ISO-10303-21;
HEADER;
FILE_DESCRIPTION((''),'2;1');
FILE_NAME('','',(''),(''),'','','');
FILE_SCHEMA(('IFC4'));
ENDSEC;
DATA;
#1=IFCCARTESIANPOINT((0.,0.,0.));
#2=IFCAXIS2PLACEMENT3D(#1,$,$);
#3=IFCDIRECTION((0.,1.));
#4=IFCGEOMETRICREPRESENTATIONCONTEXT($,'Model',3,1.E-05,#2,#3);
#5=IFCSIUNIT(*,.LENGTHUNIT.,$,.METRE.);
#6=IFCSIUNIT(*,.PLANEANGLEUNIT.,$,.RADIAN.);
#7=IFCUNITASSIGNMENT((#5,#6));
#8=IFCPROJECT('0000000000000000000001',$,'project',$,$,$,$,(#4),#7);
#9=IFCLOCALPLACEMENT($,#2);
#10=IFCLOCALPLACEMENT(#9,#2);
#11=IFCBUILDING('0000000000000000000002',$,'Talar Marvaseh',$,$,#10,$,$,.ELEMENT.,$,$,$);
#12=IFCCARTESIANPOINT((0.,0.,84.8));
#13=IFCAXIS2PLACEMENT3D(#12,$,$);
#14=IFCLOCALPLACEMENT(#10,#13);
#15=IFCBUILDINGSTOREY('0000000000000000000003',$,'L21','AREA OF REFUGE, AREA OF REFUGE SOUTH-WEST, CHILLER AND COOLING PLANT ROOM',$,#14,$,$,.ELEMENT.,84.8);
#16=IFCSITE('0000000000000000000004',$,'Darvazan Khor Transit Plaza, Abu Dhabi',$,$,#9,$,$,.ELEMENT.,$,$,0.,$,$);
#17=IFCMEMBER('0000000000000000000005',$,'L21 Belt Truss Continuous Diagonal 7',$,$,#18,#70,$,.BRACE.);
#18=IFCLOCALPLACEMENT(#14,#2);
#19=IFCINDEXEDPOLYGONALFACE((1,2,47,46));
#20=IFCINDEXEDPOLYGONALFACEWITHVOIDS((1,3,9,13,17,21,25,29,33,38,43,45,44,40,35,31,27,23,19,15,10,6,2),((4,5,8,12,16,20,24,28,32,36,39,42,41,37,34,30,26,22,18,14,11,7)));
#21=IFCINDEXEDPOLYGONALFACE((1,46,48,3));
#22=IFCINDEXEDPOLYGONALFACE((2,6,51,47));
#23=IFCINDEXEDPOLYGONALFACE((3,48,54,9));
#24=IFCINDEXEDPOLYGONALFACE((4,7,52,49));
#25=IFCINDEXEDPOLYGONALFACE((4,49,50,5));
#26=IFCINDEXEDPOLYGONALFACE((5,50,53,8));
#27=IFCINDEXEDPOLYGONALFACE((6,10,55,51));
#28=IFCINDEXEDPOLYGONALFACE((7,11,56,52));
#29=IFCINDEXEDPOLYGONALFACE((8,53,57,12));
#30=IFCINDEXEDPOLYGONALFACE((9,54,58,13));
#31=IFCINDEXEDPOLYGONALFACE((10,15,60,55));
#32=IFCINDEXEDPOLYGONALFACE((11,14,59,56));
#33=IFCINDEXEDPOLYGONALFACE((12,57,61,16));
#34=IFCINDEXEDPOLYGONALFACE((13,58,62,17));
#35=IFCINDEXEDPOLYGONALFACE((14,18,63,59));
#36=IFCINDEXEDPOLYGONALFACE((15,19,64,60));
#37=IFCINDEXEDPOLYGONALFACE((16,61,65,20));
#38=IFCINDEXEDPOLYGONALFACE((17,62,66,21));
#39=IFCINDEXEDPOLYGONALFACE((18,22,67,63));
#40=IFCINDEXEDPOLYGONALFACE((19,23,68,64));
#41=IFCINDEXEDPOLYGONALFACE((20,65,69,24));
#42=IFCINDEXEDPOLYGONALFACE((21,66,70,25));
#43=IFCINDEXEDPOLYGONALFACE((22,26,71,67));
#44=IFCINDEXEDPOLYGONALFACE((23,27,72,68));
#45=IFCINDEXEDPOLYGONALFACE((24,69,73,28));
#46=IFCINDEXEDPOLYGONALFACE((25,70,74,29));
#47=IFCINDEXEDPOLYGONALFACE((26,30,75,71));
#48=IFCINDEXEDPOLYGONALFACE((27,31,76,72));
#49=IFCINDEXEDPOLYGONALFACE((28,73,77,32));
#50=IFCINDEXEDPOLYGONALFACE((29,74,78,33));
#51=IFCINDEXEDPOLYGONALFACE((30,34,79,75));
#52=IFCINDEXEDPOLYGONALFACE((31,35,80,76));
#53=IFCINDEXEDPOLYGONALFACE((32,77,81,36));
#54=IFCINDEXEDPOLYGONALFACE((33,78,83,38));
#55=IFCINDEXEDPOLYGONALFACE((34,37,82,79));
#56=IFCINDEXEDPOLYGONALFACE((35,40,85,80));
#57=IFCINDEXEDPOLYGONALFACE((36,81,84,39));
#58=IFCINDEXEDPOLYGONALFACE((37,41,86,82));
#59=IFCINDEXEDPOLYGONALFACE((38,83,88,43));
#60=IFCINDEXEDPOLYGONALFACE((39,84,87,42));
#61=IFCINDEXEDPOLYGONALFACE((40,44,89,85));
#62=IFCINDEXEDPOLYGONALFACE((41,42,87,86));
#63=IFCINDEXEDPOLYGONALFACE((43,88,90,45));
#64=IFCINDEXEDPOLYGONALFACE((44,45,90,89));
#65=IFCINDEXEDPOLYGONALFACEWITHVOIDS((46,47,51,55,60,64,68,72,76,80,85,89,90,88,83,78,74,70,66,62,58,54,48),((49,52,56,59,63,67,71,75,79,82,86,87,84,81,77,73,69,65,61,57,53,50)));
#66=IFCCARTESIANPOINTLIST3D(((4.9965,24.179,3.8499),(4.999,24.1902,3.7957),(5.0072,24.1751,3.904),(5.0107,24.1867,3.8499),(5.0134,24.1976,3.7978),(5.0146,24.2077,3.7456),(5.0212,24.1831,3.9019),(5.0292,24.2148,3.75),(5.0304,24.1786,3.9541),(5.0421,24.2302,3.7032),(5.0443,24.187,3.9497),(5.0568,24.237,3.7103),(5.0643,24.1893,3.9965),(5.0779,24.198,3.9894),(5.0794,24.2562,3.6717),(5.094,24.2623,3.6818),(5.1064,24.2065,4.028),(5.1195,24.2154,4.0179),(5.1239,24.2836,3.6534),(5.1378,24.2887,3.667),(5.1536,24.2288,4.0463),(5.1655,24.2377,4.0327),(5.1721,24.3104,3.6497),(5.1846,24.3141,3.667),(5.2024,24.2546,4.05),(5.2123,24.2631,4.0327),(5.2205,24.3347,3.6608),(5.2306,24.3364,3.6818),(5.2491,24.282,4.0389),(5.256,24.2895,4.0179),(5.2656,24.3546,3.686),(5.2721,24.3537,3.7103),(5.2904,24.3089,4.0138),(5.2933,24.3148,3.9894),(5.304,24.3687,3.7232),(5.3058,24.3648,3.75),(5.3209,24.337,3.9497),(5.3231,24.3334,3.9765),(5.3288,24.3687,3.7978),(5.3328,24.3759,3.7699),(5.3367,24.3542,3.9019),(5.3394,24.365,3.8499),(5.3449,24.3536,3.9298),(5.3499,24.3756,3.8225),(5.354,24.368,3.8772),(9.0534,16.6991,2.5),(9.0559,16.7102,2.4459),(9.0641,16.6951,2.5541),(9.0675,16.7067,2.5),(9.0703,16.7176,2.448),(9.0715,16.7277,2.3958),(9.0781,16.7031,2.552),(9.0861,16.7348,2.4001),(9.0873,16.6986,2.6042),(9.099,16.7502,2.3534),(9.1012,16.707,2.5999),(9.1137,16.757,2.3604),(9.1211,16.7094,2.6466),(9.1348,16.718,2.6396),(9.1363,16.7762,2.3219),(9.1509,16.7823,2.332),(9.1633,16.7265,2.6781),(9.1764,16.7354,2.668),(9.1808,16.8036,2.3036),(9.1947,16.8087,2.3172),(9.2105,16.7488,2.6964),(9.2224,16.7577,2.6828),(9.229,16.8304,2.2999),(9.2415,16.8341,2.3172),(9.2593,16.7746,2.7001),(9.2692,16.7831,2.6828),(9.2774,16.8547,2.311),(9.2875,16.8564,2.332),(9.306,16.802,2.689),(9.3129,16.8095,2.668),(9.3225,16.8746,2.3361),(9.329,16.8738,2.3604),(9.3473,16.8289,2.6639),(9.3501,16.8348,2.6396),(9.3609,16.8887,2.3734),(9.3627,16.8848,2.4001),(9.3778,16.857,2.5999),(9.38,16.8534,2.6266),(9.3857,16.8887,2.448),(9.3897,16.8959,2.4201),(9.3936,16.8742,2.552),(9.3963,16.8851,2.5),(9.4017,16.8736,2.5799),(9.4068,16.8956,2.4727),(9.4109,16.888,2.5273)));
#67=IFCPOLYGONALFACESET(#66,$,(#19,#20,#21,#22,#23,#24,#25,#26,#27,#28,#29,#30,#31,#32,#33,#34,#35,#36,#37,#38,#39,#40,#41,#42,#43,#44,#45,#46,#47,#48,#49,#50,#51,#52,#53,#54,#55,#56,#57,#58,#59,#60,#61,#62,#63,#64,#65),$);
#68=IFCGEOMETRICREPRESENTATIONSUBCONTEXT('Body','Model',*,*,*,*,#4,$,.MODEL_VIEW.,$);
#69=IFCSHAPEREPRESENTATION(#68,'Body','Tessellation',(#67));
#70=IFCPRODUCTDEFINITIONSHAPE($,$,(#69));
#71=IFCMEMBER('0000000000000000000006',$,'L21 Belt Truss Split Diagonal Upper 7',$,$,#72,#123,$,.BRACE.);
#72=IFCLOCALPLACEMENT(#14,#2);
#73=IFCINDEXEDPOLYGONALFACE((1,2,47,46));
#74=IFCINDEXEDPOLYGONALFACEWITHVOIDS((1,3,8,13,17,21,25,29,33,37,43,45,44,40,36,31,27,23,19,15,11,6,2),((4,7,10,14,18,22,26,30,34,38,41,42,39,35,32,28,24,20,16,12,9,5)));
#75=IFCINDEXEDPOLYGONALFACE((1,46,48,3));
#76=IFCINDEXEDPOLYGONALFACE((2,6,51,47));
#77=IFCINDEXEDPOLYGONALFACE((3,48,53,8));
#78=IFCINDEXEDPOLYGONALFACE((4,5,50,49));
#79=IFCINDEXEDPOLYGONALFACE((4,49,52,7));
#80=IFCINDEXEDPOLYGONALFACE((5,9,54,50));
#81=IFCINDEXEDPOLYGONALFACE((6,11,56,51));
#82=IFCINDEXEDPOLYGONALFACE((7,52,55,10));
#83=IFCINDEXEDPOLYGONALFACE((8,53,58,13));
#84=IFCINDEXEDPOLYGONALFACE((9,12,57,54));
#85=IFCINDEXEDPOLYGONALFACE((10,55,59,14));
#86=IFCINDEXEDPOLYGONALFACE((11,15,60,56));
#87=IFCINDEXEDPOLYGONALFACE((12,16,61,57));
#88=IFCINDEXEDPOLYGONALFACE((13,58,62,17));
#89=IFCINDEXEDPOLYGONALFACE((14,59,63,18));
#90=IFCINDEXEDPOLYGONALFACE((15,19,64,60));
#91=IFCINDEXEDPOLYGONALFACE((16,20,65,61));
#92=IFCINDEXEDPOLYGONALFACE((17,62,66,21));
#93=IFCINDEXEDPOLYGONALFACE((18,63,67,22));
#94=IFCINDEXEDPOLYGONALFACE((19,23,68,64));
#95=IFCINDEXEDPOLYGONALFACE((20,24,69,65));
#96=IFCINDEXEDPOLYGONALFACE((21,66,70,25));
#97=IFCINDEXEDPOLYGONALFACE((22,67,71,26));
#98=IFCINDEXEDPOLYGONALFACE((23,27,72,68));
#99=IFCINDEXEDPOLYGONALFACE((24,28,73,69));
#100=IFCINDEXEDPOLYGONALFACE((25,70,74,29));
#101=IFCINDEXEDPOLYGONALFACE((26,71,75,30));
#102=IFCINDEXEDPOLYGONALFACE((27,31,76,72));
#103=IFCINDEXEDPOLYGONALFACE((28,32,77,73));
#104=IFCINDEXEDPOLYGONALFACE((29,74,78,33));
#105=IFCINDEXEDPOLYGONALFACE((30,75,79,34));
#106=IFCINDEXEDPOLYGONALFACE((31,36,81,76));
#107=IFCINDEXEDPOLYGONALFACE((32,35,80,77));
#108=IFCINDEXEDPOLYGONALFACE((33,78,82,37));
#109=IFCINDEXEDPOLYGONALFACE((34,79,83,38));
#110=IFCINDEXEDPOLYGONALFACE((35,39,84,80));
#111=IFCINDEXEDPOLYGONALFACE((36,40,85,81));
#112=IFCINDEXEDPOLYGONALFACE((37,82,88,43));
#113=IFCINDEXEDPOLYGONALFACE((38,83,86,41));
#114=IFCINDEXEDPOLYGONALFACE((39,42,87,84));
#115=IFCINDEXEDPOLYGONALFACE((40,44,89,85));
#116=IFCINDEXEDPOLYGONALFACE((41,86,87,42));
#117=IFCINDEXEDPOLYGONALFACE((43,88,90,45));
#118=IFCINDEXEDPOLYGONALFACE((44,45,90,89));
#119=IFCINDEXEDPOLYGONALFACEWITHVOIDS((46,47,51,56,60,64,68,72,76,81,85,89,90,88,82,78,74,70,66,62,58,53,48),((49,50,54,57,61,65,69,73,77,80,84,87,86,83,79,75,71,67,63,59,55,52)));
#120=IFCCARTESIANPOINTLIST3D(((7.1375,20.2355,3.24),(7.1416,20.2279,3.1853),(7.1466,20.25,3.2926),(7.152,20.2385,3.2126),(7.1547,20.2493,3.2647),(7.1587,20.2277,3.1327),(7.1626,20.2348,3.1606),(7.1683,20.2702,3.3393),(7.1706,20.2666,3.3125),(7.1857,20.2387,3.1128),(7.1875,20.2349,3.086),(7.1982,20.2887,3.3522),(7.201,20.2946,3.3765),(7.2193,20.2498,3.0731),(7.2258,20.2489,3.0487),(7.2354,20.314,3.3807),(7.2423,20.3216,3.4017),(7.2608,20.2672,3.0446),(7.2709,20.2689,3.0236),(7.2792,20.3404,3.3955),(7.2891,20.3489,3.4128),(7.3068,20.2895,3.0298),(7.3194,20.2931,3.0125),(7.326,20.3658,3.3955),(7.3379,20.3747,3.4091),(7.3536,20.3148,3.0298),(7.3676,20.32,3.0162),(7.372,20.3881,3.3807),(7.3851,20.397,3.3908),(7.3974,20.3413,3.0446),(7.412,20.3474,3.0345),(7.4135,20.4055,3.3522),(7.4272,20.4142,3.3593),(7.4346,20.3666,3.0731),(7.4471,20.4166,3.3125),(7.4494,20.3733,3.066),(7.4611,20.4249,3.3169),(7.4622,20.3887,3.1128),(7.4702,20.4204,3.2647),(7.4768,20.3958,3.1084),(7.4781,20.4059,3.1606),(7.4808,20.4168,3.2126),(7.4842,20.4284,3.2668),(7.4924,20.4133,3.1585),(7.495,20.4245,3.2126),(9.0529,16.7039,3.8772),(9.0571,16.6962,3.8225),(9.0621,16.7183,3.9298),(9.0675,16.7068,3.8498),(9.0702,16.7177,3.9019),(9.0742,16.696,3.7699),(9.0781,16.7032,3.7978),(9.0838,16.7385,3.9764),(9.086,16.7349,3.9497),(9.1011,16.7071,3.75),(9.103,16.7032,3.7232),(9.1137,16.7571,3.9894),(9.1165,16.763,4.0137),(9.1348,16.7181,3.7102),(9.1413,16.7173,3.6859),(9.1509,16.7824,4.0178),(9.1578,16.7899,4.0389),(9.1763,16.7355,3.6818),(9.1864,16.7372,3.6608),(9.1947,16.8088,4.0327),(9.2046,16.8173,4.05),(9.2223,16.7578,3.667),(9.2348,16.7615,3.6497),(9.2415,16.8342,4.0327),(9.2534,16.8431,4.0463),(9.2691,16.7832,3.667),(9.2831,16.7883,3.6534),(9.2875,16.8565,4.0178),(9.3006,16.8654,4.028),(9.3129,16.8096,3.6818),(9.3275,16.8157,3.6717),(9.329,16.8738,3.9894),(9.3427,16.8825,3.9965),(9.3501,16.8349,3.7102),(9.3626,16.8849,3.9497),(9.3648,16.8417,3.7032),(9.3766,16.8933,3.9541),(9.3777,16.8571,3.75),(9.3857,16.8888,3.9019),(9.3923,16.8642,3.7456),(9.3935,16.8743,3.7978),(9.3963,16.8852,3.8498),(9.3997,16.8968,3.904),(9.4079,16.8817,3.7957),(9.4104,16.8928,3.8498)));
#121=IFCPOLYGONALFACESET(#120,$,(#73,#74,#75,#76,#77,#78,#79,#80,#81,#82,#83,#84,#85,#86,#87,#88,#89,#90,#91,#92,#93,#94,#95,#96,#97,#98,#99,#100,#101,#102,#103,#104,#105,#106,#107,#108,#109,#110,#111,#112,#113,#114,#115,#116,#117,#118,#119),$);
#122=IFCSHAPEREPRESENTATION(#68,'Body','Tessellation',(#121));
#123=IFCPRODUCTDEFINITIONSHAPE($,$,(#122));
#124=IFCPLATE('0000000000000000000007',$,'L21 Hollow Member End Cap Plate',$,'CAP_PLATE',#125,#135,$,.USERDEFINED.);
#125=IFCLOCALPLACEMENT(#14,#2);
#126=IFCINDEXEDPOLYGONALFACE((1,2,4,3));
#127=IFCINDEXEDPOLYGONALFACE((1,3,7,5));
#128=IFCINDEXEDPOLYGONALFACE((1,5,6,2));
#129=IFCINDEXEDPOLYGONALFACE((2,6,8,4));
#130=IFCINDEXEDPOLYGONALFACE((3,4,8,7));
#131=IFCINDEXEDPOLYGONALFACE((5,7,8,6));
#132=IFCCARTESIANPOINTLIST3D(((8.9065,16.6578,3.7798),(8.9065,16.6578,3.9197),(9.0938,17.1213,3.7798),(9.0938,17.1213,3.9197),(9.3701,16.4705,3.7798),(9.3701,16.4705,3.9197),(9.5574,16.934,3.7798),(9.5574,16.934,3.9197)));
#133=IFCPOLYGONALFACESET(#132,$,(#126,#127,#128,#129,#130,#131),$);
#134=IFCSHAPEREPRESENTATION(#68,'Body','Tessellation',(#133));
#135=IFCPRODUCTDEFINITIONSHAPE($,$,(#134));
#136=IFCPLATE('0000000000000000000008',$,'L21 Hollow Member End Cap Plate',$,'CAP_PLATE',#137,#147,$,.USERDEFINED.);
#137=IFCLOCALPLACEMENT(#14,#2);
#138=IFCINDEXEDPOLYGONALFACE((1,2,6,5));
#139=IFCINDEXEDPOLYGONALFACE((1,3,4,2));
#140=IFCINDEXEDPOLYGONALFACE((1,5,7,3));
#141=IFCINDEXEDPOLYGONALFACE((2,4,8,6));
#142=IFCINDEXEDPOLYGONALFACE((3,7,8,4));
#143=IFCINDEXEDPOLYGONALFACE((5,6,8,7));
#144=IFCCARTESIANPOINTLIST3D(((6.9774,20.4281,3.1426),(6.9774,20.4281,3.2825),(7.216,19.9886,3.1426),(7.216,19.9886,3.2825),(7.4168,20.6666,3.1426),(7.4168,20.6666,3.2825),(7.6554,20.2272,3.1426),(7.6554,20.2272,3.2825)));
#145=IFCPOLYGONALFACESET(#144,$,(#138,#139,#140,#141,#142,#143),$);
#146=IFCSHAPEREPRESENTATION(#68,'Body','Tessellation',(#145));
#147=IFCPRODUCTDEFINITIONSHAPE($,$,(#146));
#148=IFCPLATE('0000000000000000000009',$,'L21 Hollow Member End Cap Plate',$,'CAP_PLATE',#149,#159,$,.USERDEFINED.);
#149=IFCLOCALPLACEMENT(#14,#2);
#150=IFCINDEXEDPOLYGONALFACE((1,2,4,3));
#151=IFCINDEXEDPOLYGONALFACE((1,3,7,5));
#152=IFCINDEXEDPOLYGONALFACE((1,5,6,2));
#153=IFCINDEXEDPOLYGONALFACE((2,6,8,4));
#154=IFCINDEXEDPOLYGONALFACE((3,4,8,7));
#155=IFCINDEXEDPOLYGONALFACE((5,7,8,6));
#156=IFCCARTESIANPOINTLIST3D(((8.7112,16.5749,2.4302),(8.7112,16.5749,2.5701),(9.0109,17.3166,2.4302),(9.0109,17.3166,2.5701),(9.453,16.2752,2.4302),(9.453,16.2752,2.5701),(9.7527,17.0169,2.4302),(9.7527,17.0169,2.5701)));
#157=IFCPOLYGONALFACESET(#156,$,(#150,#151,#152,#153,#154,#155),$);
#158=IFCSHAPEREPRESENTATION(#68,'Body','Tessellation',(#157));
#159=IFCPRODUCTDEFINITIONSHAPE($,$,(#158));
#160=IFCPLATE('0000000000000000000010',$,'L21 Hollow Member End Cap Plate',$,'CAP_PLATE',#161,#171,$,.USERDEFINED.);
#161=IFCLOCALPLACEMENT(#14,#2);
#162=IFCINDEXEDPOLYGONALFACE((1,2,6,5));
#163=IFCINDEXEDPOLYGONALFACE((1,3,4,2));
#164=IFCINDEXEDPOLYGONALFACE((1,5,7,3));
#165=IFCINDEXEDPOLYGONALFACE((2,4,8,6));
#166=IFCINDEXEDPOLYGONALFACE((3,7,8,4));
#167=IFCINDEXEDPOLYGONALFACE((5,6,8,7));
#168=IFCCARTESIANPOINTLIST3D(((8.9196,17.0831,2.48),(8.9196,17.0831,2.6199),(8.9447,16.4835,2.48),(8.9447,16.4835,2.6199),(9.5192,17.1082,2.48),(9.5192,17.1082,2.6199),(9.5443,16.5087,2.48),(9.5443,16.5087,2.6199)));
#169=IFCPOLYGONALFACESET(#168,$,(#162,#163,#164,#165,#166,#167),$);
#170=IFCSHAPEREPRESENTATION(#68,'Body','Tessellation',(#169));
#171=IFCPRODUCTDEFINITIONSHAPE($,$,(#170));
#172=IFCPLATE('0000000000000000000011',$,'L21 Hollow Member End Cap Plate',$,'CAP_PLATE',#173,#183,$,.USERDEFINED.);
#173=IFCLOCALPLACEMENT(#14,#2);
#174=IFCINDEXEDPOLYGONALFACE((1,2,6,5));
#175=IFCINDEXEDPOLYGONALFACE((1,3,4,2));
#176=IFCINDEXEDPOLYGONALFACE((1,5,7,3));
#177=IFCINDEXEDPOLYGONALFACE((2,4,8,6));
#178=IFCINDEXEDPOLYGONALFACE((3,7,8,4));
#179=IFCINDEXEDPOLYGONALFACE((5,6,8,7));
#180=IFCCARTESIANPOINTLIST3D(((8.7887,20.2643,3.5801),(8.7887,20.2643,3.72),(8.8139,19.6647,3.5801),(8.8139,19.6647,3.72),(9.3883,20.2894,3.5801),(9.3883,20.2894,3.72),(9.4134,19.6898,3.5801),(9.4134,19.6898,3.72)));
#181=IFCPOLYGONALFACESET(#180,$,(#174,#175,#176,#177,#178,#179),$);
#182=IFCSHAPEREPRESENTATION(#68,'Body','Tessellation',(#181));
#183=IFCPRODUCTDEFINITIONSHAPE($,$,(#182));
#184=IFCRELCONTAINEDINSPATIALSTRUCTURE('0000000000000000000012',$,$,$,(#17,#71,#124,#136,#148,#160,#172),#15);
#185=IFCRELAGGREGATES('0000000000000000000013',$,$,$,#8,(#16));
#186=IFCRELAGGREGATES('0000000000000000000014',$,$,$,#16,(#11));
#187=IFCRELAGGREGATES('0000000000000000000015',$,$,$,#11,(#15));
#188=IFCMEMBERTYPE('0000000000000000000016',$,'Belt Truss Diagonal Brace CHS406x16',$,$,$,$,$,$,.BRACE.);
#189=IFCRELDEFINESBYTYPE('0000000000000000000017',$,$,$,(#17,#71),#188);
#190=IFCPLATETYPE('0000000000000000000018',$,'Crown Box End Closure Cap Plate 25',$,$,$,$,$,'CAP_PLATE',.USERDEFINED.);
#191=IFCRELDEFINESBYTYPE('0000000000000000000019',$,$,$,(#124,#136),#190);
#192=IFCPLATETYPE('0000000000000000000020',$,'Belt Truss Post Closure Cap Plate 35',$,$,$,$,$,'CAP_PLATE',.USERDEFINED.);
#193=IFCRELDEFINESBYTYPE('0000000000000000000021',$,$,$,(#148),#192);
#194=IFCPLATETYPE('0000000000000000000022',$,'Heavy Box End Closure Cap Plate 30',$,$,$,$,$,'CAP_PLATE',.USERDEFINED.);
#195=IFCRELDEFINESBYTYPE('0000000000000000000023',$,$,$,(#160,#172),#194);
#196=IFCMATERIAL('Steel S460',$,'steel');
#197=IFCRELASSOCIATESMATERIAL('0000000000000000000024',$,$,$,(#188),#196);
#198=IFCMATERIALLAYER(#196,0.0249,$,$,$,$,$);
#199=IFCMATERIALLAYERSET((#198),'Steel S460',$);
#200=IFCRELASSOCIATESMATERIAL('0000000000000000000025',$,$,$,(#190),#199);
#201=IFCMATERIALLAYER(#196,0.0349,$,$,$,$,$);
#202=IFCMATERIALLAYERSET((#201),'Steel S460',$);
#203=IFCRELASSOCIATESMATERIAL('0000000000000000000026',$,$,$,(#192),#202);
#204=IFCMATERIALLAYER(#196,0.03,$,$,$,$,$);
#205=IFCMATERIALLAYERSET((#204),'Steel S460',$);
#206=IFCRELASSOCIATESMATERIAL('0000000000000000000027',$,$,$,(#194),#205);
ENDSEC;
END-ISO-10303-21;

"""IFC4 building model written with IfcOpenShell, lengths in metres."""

from ifc_helpers import new_model, si_unit, direction, frame, origin, origin_2d, place, context, subcontext, project, spatial, rectangle, hollow_circle, extrude, source, transform, mapped, material, layer, layer_set, material_profile, profile_set, type_object, type_shapes, element, save


model = new_model("IFC4")

# Units and contexts
model_context = context("Model", 3, precision=1e-05, world=origin(), true_north=direction((0.0, 1.0)))
body_context = subcontext(model_context, "Body", "Model", "MODEL_VIEW")
ifc_project = project(units=[si_unit("LENGTHUNIT", "METRE"), si_unit("PLANEANGLEUNIT", "RADIAN")], contexts=[model_context])

# Site, building, storey
site_placement = place(None, origin())
site = spatial("IfcSite", under=ifc_project, at=site_placement, Name="Darvazan Khor Transit Plaza, Abu Dhabi", CompositionType="ELEMENT", RefElevation=0.0)
building_placement = place(site_placement, origin())
building = spatial("IfcBuilding", under=site, at=building_placement, Name="Talar Marvaseh", CompositionType="ELEMENT")
storey_placement = place(building_placement, frame((0.0, 0.0, 84.8)))
storey = spatial("IfcBuildingStorey", under=building, at=storey_placement, Name="L21", Description="AREA OF REFUGE, AREA OF REFUGE SOUTH-WEST, CHILLER AND COOLING PLANT ROOM", CompositionType="ELEMENT", Elevation=84.8)

# Members
ifc_material_1 = material(Name="Steel S460", Category="steel")
ifc_material_profile_1 = material_profile(ifc_material_1, hollow_circle(Radius=0.2031, WallThickness=0.0161, at=origin_2d()), Name="CHS406x16")
ifc_profile_set_1 = profile_set([ifc_material_profile_1], Name="Steel S460")
member_type_1 = type_object("IfcMemberType", Name="Belt Truss Diagonal Brace CHS406x16", PredefinedType="BRACE", material=ifc_profile_set_1)
shared_shape_1 = source(origin(), body_context, "Body", "SweptSolid", [
    extrude(hollow_circle(Radius=0.2031, WallThickness=0.0161, at=origin_2d()), origin(), (0.0, 0.0, 1.0), 8.6157),
])
member_1_placement = place(storey_placement, frame((9.2319, 16.7959, 2.5), z_axis=(-0.47087, 0.868179, 0.156673), x_axis=(-0.879035, -0.476758, 0.0)))
element("IfcMember", 1, at=member_1_placement, inside=storey, type_object=member_type_1, Name="L21 Belt Truss Continuous Diagonal 7", PredefinedType="BRACE", context=body_context, shape_type="MappedRepresentation", body=[
    mapped(shared_shape_1, transform((0.0, 0.0, 0.0), x_axis=(1.0, 0.0, 0.0), y_axis=(0.0, 1.0, 0.0), z_axis=(0.0, 0.0, 1.0), scale=1.0)),
])
shared_shape_2 = source(origin(), body_context, "Body", "SweptSolid", [
    extrude(hollow_circle(Radius=0.2031, WallThickness=0.0161, at=origin_2d()), origin(), (0.0, 0.0, 1.0), 4.0679),
])
member_2_placement = place(storey_placement, frame((7.3164, 20.3276, 3.2126), z_axis=(0.470879, -0.86818, 0.15664), x_axis=(0.879031, 0.476765, 0.0)))
element("IfcMember", 2, at=member_2_placement, inside=storey, type_object=member_type_1, Name="L21 Belt Truss Split Diagonal Upper 7", PredefinedType="BRACE", context=body_context, shape_type="MappedRepresentation", body=[
    mapped(shared_shape_2, transform((0.0, 0.0, 0.0), x_axis=(1.0, 0.0, 0.0), y_axis=(0.0, 1.0, 0.0), z_axis=(0.0, 0.0, 1.0), scale=1.0)),
])

# Plates
ifc_layer_1 = layer(ifc_material_1, 0.0249)
ifc_layer_set_1 = layer_set([ifc_layer_1], Name="Steel S460")
plate_type_1 = type_object("IfcPlateType", Name="Crown Box End Closure Cap Plate 25", ElementType="CAP_PLATE", PredefinedType="USERDEFINED", material=ifc_layer_set_1)
shared_shape_3 = source(origin(), body_context, "Body", "SweptSolid", [
    extrude(rectangle(XDim=0.5, YDim=0.5, at=origin_2d()), origin(), (0.0, 0.0, 1.0), 0.1399),
])
type_shapes(plate_type_1, [shared_shape_3])
for number, where, z_axis, x_axis, name in (
    (3, (9.2319, 16.7959, 3.7798), (0.0, 0.0, 1.0), (-0.927184, 0.374607, 0.0), "L21 Hollow Member End Cap Plate"),
    (4, (7.3164, 20.3276, 3.1426), (0.0, 0.0, 1.0), (0.477159, -0.878817, 0.0), "L21 Hollow Member End Cap Plate"),
):
    element("IfcPlate", number, at=place(storey_placement, frame(where, z_axis=z_axis, x_axis=x_axis)), inside=storey, type_object=plate_type_1, Name=name, ObjectType="CAP_PLATE", PredefinedType="USERDEFINED", context=body_context, shape_type="MappedRepresentation", body=[
        mapped(shared_shape_3, transform((0.0, 0.0, 0.0), x_axis=(1.0, 0.0, 0.0), y_axis=(0.0, 1.0, 0.0), z_axis=(0.0, 0.0, 1.0), scale=1.0)),
    ])
ifc_layer_2 = layer(ifc_material_1, 0.0349)
ifc_layer_set_2 = layer_set([ifc_layer_2], Name="Steel S460")
plate_type_2 = type_object("IfcPlateType", Name="Belt Truss Post Closure Cap Plate 35", ElementType="CAP_PLATE", PredefinedType="USERDEFINED", material=ifc_layer_set_2)
shared_shape_4 = source(origin(), body_context, "Body", "SweptSolid", [
    extrude(rectangle(XDim=0.8, YDim=0.8, at=origin_2d()), origin(), (0.0, 0.0, 1.0), 0.1399),
])
type_shapes(plate_type_2, [shared_shape_4])
plate_placement = place(storey_placement, frame((9.2319, 16.7959, 2.4302), z_axis=(0.0, 0.0, 1.0), x_axis=(-0.927184, 0.374607, 0.0)))
element("IfcPlate", 5, at=plate_placement, inside=storey, type_object=plate_type_2, Name="L21 Hollow Member End Cap Plate", ObjectType="CAP_PLATE", PredefinedType="USERDEFINED", context=body_context, shape_type="MappedRepresentation", body=[
    mapped(shared_shape_4, transform((0.0, 0.0, 0.0), x_axis=(1.0, 0.0, 0.0), y_axis=(0.0, 1.0, 0.0), z_axis=(0.0, 0.0, 1.0), scale=1.0)),
])
ifc_layer_3 = layer(ifc_material_1, 0.03)
ifc_layer_set_3 = layer_set([ifc_layer_3], Name="Steel S460")
plate_type_3 = type_object("IfcPlateType", Name="Heavy Box End Closure Cap Plate 30", ElementType="CAP_PLATE", PredefinedType="USERDEFINED", material=ifc_layer_set_3)
shared_shape_5 = source(origin(), body_context, "Body", "SweptSolid", [
    extrude(rectangle(XDim=0.6001, YDim=0.6001, at=origin_2d()), origin(), (0.0, 0.0, 1.0), 0.1399),
])
type_shapes(plate_type_3, [shared_shape_5])
for number, where, z_axis, x_axis, name in (
    (6, (9.2319, 16.7959, 2.48), (0.0, 0.0, 1.0), (-0.041876, 0.999123, 0.0), "L21 Hollow Member End Cap Plate"),
    (7, (9.1011, 19.9771, 3.5801), (0.0, 0.0, 1.0), (-0.041876, 0.999123, 0.0), "L21 Hollow Member End Cap Plate"),
):
    element("IfcPlate", number, at=place(storey_placement, frame(where, z_axis=z_axis, x_axis=x_axis)), inside=storey, type_object=plate_type_3, Name=name, ObjectType="CAP_PLATE", PredefinedType="USERDEFINED", context=body_context, shape_type="MappedRepresentation", body=[
        mapped(shared_shape_5, transform((0.0, 0.0, 0.0), x_axis=(1.0, 0.0, 0.0), y_axis=(0.0, 1.0, 0.0), z_axis=(0.0, 0.0, 1.0), scale=1.0)),
    ])

save(model, "model.ifc")
